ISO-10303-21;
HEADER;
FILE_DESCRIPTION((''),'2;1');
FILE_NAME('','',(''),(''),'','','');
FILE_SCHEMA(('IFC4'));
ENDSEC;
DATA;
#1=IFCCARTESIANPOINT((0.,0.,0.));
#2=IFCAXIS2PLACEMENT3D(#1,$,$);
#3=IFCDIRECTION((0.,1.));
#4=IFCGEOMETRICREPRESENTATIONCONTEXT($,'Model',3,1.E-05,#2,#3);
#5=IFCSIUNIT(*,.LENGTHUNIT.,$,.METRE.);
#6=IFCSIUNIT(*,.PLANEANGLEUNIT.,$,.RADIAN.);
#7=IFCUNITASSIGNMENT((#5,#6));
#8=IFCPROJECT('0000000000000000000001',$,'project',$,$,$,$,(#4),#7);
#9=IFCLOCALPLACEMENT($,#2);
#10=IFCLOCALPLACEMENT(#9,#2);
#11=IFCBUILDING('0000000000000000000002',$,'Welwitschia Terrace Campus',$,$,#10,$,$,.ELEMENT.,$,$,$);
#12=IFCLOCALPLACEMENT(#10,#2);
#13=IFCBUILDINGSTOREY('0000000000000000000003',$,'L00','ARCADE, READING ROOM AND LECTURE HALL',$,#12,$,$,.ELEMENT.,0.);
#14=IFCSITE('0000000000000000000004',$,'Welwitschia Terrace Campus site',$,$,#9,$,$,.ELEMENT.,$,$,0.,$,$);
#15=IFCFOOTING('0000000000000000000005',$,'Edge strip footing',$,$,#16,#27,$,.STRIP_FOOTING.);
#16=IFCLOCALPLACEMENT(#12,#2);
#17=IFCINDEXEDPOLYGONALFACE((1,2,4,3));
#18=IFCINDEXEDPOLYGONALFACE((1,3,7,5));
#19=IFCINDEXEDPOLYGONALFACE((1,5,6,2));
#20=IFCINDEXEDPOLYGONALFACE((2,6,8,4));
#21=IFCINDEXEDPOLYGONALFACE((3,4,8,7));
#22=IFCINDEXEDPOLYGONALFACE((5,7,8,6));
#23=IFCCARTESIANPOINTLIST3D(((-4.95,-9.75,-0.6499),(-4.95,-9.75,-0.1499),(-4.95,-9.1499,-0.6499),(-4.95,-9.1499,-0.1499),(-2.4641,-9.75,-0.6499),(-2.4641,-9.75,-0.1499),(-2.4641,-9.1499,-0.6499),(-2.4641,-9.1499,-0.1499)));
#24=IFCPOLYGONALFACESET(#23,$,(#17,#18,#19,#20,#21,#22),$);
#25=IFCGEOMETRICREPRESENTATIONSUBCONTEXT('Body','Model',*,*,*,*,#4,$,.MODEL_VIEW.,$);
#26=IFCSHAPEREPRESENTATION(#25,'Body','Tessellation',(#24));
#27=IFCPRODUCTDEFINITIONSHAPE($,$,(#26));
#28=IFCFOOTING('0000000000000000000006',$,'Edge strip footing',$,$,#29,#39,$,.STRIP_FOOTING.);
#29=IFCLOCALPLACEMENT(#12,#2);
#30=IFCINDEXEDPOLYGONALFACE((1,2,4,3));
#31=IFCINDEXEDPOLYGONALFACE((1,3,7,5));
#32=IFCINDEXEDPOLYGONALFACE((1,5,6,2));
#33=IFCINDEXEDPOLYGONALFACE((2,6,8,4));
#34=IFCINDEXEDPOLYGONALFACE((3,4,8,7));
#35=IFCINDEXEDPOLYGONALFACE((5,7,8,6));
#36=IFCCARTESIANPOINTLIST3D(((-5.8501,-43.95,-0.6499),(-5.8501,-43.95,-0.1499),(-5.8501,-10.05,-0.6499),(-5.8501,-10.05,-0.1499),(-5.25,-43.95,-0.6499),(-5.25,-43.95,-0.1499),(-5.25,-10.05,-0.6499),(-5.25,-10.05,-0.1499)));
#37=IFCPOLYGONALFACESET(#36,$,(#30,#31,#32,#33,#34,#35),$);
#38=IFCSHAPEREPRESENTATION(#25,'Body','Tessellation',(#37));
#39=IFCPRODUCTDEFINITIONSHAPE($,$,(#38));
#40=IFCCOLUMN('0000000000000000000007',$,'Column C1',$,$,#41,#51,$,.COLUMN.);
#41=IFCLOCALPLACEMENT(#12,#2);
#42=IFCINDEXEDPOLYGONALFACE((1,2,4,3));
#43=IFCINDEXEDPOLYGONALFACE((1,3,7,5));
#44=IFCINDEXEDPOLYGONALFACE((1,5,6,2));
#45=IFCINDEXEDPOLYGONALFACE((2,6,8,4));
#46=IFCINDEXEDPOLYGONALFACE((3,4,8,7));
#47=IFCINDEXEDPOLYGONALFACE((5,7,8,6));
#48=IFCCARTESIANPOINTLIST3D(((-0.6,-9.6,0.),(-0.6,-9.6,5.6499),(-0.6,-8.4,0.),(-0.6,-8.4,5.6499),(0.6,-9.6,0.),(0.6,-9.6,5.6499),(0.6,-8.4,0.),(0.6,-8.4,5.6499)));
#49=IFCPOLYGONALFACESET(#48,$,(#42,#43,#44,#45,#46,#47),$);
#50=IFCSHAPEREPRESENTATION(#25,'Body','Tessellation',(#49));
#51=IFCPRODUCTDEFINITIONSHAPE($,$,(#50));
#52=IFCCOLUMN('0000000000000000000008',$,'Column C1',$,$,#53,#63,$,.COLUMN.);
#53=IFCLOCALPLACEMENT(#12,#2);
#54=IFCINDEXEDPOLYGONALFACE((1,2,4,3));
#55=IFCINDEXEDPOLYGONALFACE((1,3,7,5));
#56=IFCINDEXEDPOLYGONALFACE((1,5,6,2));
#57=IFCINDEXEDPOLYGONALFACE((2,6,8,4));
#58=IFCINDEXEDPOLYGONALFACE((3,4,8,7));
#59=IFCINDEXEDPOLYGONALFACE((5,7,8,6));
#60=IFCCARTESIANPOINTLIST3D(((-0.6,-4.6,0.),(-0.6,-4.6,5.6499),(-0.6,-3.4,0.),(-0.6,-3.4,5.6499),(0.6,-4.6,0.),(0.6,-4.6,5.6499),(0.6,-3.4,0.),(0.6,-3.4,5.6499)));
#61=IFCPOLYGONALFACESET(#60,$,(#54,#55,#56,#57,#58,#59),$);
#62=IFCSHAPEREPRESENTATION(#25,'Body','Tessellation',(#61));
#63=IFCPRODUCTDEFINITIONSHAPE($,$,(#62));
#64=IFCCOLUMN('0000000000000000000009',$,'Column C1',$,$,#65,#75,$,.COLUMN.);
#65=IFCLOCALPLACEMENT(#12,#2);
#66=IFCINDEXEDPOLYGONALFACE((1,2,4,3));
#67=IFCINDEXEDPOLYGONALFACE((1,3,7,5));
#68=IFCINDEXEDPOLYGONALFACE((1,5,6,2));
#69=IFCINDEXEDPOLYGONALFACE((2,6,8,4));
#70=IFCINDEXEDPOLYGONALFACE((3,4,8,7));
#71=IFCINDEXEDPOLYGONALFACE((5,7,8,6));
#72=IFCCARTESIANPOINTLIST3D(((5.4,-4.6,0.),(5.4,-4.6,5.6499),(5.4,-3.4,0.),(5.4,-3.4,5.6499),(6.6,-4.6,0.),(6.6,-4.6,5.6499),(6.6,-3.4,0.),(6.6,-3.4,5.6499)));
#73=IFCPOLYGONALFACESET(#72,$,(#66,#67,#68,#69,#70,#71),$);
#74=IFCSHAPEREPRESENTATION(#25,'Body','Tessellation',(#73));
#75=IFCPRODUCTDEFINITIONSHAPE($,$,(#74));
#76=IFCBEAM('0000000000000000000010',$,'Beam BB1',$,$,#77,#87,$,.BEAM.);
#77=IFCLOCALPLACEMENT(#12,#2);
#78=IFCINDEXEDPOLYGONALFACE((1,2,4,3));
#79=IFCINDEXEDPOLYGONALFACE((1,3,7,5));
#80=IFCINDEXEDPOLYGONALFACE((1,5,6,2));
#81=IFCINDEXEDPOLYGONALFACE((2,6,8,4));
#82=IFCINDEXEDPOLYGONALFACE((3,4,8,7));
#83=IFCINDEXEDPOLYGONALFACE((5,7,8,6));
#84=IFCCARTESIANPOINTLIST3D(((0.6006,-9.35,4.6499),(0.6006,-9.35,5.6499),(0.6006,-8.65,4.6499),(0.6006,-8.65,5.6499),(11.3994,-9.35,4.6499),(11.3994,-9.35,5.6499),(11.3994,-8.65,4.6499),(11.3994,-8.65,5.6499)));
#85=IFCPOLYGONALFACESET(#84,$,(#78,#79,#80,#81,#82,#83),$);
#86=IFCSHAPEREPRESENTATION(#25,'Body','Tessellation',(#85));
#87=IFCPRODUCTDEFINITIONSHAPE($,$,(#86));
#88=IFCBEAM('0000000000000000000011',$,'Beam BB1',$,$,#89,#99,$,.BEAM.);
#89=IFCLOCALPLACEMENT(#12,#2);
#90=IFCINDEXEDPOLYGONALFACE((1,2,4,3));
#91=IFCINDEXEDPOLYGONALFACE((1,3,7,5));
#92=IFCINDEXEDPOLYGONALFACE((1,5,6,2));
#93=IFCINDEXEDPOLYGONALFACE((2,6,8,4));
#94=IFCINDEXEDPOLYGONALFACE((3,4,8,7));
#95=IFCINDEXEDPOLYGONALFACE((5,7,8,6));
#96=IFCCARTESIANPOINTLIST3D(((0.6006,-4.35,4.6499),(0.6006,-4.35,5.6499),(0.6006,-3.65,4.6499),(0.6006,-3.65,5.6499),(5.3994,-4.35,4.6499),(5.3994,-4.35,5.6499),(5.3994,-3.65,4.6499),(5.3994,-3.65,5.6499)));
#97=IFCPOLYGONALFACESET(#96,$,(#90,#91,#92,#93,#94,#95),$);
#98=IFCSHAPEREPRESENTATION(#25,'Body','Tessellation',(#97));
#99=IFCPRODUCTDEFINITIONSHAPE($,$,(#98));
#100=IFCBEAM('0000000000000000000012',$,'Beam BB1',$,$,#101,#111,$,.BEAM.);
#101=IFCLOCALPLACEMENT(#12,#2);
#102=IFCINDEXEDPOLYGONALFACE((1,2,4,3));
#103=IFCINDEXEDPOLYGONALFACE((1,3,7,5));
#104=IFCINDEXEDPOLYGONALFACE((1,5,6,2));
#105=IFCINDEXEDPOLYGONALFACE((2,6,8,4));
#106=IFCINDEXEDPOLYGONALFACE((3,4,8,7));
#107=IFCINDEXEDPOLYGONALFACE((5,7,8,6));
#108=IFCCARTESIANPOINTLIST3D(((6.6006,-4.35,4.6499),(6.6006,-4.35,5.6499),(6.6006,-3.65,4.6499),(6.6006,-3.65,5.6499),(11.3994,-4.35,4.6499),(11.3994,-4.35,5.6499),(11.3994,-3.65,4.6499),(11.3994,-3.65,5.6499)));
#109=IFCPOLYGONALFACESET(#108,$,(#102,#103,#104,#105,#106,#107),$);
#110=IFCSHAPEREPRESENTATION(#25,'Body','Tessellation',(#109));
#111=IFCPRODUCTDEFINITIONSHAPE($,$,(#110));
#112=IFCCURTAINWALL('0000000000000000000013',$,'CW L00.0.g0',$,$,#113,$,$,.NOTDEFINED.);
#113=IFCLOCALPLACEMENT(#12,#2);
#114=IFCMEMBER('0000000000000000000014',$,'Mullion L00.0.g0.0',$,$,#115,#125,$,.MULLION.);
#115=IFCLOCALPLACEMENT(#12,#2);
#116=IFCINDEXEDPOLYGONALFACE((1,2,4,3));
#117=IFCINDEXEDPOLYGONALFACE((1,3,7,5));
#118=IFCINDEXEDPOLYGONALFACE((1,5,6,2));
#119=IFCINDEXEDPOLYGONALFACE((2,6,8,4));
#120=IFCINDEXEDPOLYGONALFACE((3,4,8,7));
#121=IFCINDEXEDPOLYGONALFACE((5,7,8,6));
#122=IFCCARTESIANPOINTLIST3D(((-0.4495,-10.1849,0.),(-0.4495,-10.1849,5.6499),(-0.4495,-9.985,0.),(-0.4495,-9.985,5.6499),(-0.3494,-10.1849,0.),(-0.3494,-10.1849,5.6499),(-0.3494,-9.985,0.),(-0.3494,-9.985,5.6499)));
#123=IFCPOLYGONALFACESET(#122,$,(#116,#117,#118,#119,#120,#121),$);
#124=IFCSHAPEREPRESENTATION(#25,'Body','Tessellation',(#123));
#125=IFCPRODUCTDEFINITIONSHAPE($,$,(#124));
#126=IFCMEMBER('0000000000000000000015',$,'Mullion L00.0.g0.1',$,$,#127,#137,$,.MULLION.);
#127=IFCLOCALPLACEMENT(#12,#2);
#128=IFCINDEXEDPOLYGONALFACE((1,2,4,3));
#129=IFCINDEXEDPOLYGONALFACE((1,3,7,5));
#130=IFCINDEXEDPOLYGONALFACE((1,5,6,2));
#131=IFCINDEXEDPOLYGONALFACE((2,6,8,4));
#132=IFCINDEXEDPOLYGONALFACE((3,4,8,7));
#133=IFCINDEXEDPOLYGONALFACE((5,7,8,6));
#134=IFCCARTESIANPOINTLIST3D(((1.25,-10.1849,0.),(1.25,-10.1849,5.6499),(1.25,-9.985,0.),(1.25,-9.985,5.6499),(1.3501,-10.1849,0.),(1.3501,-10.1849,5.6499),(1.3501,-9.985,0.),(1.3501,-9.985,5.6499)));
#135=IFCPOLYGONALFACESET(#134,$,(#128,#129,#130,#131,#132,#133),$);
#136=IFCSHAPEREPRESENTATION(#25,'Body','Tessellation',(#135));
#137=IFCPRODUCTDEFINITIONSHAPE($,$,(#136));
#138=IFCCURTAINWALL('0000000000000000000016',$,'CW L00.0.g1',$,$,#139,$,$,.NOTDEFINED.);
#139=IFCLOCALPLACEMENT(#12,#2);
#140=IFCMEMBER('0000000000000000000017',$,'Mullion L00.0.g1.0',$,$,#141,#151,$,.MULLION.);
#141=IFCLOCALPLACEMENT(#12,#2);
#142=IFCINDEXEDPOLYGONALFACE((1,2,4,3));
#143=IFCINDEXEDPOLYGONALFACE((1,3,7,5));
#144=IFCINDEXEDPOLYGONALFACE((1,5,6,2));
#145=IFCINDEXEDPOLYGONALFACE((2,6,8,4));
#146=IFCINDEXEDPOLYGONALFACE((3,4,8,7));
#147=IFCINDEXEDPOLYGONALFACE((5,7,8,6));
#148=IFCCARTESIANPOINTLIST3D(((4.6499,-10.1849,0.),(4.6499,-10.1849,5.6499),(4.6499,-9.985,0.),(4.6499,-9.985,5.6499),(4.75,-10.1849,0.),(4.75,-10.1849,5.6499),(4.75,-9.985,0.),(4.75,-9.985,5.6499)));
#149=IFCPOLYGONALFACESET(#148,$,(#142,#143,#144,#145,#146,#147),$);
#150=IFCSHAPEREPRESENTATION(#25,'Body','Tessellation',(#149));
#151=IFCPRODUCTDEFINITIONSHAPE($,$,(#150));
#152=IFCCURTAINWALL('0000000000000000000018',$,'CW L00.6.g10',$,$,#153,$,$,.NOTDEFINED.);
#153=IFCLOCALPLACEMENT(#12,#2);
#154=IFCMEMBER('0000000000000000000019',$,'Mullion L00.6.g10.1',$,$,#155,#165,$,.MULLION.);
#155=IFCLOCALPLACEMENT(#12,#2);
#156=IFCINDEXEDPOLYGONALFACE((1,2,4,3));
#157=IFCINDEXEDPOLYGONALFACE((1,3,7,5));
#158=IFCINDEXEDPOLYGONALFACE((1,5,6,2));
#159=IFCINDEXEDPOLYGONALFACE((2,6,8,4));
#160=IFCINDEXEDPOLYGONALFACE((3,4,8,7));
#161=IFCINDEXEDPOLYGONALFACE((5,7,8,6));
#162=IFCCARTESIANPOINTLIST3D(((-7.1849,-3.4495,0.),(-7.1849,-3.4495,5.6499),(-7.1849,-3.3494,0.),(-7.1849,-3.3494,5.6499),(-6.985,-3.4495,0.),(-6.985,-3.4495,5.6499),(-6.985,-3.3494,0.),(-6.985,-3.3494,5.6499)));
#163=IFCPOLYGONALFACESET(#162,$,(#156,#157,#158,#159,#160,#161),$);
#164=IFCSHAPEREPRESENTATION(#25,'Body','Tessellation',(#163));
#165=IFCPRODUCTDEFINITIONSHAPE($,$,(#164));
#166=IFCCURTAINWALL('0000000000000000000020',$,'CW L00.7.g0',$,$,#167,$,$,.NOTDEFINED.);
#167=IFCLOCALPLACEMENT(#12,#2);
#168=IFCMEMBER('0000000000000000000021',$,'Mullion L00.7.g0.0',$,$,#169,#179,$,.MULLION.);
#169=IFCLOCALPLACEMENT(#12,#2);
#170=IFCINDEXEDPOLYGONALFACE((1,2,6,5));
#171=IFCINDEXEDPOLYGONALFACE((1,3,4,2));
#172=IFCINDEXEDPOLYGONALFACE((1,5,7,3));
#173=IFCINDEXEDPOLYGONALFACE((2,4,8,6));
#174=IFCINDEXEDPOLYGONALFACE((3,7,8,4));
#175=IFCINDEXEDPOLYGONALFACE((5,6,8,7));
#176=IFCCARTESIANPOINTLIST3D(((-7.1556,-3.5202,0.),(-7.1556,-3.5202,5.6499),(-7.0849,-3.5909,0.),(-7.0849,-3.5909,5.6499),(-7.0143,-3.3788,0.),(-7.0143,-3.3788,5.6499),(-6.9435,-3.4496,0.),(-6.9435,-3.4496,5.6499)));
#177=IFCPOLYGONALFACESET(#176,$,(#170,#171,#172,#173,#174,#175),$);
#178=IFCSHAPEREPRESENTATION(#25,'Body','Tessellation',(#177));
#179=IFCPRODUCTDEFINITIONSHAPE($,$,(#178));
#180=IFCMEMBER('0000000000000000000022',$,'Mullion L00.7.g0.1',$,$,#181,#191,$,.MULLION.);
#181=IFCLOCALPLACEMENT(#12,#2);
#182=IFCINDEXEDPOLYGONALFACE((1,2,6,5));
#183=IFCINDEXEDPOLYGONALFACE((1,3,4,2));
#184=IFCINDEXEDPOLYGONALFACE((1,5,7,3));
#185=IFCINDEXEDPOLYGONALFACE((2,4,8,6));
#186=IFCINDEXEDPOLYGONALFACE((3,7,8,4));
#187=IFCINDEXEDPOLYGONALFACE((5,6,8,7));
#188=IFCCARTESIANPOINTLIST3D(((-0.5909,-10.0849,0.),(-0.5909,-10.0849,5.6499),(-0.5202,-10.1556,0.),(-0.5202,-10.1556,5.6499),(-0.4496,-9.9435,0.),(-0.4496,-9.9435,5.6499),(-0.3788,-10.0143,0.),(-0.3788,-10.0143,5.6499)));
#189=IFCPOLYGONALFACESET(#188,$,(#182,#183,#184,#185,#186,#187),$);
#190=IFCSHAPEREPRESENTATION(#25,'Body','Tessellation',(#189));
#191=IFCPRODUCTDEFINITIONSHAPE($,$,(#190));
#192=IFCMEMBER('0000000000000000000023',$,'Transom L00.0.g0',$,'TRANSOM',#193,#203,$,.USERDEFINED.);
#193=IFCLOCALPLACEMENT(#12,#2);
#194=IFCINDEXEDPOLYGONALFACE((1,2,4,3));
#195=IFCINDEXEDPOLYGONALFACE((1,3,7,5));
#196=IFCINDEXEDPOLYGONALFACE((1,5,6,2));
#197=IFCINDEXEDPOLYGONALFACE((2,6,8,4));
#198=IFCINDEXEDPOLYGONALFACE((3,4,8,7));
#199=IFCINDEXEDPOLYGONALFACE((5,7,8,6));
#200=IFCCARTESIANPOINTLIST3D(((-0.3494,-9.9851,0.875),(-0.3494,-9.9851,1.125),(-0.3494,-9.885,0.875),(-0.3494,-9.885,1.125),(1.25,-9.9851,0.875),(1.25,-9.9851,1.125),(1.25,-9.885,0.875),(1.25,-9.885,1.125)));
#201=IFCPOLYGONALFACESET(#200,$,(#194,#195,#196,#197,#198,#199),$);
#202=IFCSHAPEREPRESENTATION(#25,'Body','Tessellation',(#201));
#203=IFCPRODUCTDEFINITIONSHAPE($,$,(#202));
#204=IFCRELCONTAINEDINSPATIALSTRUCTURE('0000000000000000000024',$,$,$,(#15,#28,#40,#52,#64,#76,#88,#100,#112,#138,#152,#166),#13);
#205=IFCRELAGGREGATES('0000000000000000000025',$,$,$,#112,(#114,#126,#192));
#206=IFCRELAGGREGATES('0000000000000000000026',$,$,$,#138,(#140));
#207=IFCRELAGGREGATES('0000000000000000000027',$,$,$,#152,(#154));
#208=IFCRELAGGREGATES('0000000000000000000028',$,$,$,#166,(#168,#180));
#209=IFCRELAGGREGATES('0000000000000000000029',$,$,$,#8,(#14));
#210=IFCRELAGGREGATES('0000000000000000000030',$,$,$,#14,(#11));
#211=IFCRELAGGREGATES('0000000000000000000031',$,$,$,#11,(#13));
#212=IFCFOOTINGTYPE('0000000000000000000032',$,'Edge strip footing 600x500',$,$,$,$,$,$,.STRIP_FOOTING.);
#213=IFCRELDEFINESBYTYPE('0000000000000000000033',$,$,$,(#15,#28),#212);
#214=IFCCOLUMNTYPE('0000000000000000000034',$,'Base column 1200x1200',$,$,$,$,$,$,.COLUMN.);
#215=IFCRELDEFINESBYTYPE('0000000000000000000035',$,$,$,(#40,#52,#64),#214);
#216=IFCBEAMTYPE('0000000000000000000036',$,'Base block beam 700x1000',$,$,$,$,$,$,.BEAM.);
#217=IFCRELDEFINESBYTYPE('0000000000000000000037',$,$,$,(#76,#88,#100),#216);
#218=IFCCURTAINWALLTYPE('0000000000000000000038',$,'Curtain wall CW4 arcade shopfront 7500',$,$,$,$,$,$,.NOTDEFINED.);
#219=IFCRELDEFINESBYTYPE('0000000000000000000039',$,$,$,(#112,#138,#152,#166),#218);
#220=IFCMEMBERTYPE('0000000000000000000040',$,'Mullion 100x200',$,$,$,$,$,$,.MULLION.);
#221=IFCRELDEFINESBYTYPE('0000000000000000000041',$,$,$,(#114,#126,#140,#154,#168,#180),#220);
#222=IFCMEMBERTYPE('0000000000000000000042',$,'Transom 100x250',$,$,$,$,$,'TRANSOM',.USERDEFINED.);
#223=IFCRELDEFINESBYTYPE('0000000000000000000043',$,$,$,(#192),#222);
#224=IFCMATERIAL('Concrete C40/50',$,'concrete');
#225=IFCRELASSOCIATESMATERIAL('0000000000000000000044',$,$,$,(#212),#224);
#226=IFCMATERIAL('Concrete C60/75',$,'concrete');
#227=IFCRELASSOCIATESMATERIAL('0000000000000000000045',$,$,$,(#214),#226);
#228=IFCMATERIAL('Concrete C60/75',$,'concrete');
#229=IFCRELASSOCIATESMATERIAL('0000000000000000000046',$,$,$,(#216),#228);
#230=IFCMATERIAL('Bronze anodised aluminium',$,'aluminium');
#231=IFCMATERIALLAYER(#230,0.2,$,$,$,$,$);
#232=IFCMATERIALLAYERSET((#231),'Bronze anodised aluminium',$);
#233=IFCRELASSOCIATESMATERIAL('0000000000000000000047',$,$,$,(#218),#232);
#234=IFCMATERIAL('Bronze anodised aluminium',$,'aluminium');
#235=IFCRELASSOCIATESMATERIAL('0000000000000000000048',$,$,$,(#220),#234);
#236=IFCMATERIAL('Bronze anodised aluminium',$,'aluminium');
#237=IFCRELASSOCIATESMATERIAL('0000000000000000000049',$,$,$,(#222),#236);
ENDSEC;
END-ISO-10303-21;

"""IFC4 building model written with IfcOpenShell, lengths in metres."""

from ifc_helpers import new_model, si_unit, direction, frame, origin, origin_2d, place, context, subcontext, project, spatial, rectangle, extrude, material, layer, layer_set, material_profile, profile_set, type_object, element, aggregate, save


model = new_model("IFC4")

# Units and contexts
model_context = context("Model", 3, precision=1e-05, world=origin(), true_north=direction((0.0, 1.0)))
body_context = subcontext(model_context, "Body", "Model", "MODEL_VIEW")
ifc_project = project(units=[si_unit("LENGTHUNIT", "METRE"), si_unit("PLANEANGLEUNIT", "RADIAN")], contexts=[model_context])

# Site, building, storey
site_placement = place(None, origin())
site = spatial("IfcSite", under=ifc_project, at=site_placement, Name="Welwitschia Terrace Campus site", CompositionType="ELEMENT", RefElevation=0.0)
building_placement = place(site_placement, origin())
building = spatial("IfcBuilding", under=site, at=building_placement, Name="Welwitschia Terrace Campus", CompositionType="ELEMENT")
storey_placement = place(building_placement, origin())
storey = spatial("IfcBuildingStorey", under=building, at=storey_placement, Name="L00", Description="ARCADE, READING ROOM AND LECTURE HALL", CompositionType="ELEMENT", Elevation=0.0)

# Footings
ifc_material_1 = material(Name="Concrete C40/50", Category="concrete")
footing_type = type_object("IfcFootingType", Name="Edge strip footing 600x500", PredefinedType="STRIP_FOOTING", material=ifc_material_1)
footing_1_placement = place(storey_placement, frame((-3.707, -9.45, -0.6499), z_axis=(0.0, 0.0, 1.0), x_axis=(-1.0, 0.0, 0.0)))
element("IfcFooting", 1, at=footing_1_placement, inside=storey, type_object=footing_type, Name="Edge strip footing", PredefinedType="STRIP_FOOTING", context=body_context, shape_type="SweptSolid", body=[
    extrude(rectangle(XDim=2.4858, YDim=0.6001, at=origin_2d()), origin(), (0.0, 0.0, 1.0), 0.5),
])
footing_2_placement = place(storey_placement, frame((-5.55, -27.0, -0.6499), z_axis=(0.0, 0.0, 1.0), x_axis=(0.0, -1.0, 0.0)))
element("IfcFooting", 2, at=footing_2_placement, inside=storey, type_object=footing_type, Name="Edge strip footing", PredefinedType="STRIP_FOOTING", context=body_context, shape_type="SweptSolid", body=[
    extrude(rectangle(XDim=33.8999, YDim=0.6001, at=origin_2d()), origin(), (0.0, 0.0, 1.0), 0.5),
])

# Columns
ifc_material_2 = material(Name="Concrete C60/75", Category="concrete")
ifc_material_profile_1 = material_profile(ifc_material_2, rectangle(XDim=1.2, YDim=1.2, at=origin_2d()))
ifc_profile_set_1 = profile_set([ifc_material_profile_1], Name="Concrete C60/75")
column_type = type_object("IfcColumnType", Name="Base column 1200x1200", PredefinedType="COLUMN", material=ifc_profile_set_1)
for number, where, z_axis, x_axis, name in (
    (3, (0.0, -9.0, 0.0), (0.0, 0.0, 1.0), (1.0, 0.0, 0.0), "Column C1"),
    (4, (0.0, -4.0, 0.0), (0.0, 0.0, 1.0), (1.0, 0.0, 0.0), "Column C1"),
    (5, (6.0, -4.0, 0.0), (0.0, 0.0, 1.0), (1.0, 0.0, 0.0), "Column C1"),
):
    element("IfcColumn", number, at=place(storey_placement, frame(where, z_axis=z_axis, x_axis=x_axis)), inside=storey, type_object=column_type, Name=name, PredefinedType="COLUMN", context=body_context, shape_type="SweptSolid", body=[
        extrude(rectangle(XDim=1.2, YDim=1.2, at=origin_2d()), origin(), (0.0, 0.0, 1.0), 5.6499),
    ])

# Beams
ifc_material_3 = material(Name="Concrete C60/75", Category="concrete")
ifc_material_profile_2 = material_profile(ifc_material_3, rectangle(XDim=0.7, YDim=1.0, at=origin_2d()))
ifc_profile_set_2 = profile_set([ifc_material_profile_2], Name="Concrete C60/75")
beam_type = type_object("IfcBeamType", Name="Base block beam 700x1000", PredefinedType="BEAM", material=ifc_profile_set_2)
beam_placement = place(storey_placement, frame((0.6006, -9.0, 5.1499), z_axis=(1.0, 0.0, 0.0), x_axis=(0.0, 1.0, 0.0)))
element("IfcBeam", 6, at=beam_placement, inside=storey, type_object=beam_type, Name="Beam BB1", PredefinedType="BEAM", context=body_context, shape_type="SweptSolid", body=[
    extrude(rectangle(XDim=0.7, YDim=1.0, at=origin_2d()), origin(), (0.0, 0.0, 1.0), 10.7988),
])
for number, where, z_axis, x_axis, name in (
    (7, (0.6006, -4.0, 5.1499), (1.0, 0.0, 0.0), (0.0, 1.0, 0.0), "Beam BB1"),
    (8, (6.6006, -4.0, 5.1499), (1.0, 0.0, 0.0), (0.0, 1.0, 0.0), "Beam BB1"),
):
    element("IfcBeam", number, at=place(storey_placement, frame(where, z_axis=z_axis, x_axis=x_axis)), inside=storey, type_object=beam_type, Name=name, PredefinedType="BEAM", context=body_context, shape_type="SweptSolid", body=[
        extrude(rectangle(XDim=0.7, YDim=1.0, at=origin_2d()), origin(), (0.0, 0.0, 1.0), 4.7988),
    ])

# Curtain wall, members
ifc_material_4 = material(Name="Bronze anodised aluminium", Category="aluminium")
ifc_layer_1 = layer(ifc_material_4, 0.2)
ifc_layer_set_1 = layer_set([ifc_layer_1], Name="Bronze anodised aluminium")
curtain_wall_type = type_object("IfcCurtainWallType", Name="Curtain wall CW4 arcade shopfront 7500", PredefinedType="NOTDEFINED", material=ifc_layer_set_1)
curtain_wall_1_placement = place(storey_placement, origin())
curtain_wall_1 = element("IfcCurtainWall", 9, at=curtain_wall_1_placement, inside=storey, type_object=curtain_wall_type, Name="CW L00.0.g0", PredefinedType="NOTDEFINED")
ifc_material_5 = material(Name="Bronze anodised aluminium", Category="aluminium")
ifc_material_profile_3 = material_profile(ifc_material_5, rectangle(XDim=0.2, YDim=0.1001, at=origin_2d()))
ifc_profile_set_3 = profile_set([ifc_material_profile_3], Name="Bronze anodised aluminium")
member_type_1 = type_object("IfcMemberType", Name="Mullion 100x200", PredefinedType="MULLION", material=ifc_profile_set_3)
member_1_placement = place(storey_placement, frame((-0.3994, -10.085, 0.0), z_axis=(0.0, 0.0, 1.0), x_axis=(0.0, 1.0, 0.0)))
member_1 = element("IfcMember", 10, at=member_1_placement, type_object=member_type_1, Name="Mullion L00.0.g0.0", PredefinedType="MULLION", context=body_context, shape_type="SweptSolid", body=[
    extrude(rectangle(XDim=0.2, YDim=0.1001, at=origin_2d()), origin(), (0.0, 0.0, 1.0), 5.6499),
])
member_2_placement = place(storey_placement, frame((1.3, -10.085, 0.0), z_axis=(0.0, 0.0, 1.0), x_axis=(0.0, 1.0, 0.0)))
member_2 = element("IfcMember", 11, at=member_2_placement, type_object=member_type_1, Name="Mullion L00.0.g0.1", PredefinedType="MULLION", context=body_context, shape_type="SweptSolid", body=[
    extrude(rectangle(XDim=0.2, YDim=0.1001, at=origin_2d()), origin(), (0.0, 0.0, 1.0), 5.6499),
])

# Curtain walls, members
curtain_wall_2_placement = place(storey_placement, origin())
curtain_wall_2 = element("IfcCurtainWall", 12, at=curtain_wall_2_placement, inside=storey, type_object=curtain_wall_type, Name="CW L00.0.g1", PredefinedType="NOTDEFINED")
member_3_placement = place(storey_placement, frame((4.7, -10.085, 0.0), z_axis=(0.0, 0.0, 1.0), x_axis=(0.0, 1.0, 0.0)))
member_3 = element("IfcMember", 13, at=member_3_placement, type_object=member_type_1, Name="Mullion L00.0.g1.0", PredefinedType="MULLION", context=body_context, shape_type="SweptSolid", body=[
    extrude(rectangle(XDim=0.2, YDim=0.1001, at=origin_2d()), origin(), (0.0, 0.0, 1.0), 5.6499),
])
curtain_wall_3_placement = place(storey_placement, origin())
curtain_wall_3 = element("IfcCurtainWall", 14, at=curtain_wall_3_placement, inside=storey, type_object=curtain_wall_type, Name="CW L00.6.g10", PredefinedType="NOTDEFINED")
member_4_placement = place(storey_placement, frame((-7.085, -3.3994, 0.0), z_axis=(0.0, 0.0, 1.0), x_axis=(1.0, 0.0, 0.0)))
member_4 = element("IfcMember", 15, at=member_4_placement, type_object=member_type_1, Name="Mullion L00.6.g10.1", PredefinedType="MULLION", context=body_context, shape_type="SweptSolid", body=[
    extrude(rectangle(XDim=0.2, YDim=0.1001, at=origin_2d()), origin(), (0.0, 0.0, 1.0), 5.6499),
])

# Curtain wall, members
curtain_wall_4_placement = place(storey_placement, origin())
curtain_wall_4 = element("IfcCurtainWall", 16, at=curtain_wall_4_placement, inside=storey, type_object=curtain_wall_type, Name="CW L00.7.g0", PredefinedType="NOTDEFINED")
member_5_placement = place(storey_placement, frame((-7.0496, -3.4849, 0.0), z_axis=(0.0, 0.0, 1.0), x_axis=(0.707107, 0.707107, 0.0)))
member_5 = element("IfcMember", 17, at=member_5_placement, type_object=member_type_1, Name="Mullion L00.7.g0.0", PredefinedType="MULLION", context=body_context, shape_type="SweptSolid", body=[
    extrude(rectangle(XDim=0.2, YDim=0.1001, at=origin_2d()), origin(), (0.0, 0.0, 1.0), 5.6499),
])
member_6_placement = place(storey_placement, frame((-0.4849, -10.0496, 0.0), z_axis=(0.0, 0.0, 1.0), x_axis=(0.707107, 0.707107, 0.0)))
member_6 = element("IfcMember", 18, at=member_6_placement, type_object=member_type_1, Name="Mullion L00.7.g0.1", PredefinedType="MULLION", context=body_context, shape_type="SweptSolid", body=[
    extrude(rectangle(XDim=0.2, YDim=0.1001, at=origin_2d()), origin(), (0.0, 0.0, 1.0), 5.6499),
])

# Member
ifc_material_6 = material(Name="Bronze anodised aluminium", Category="aluminium")
ifc_material_profile_4 = material_profile(ifc_material_6, rectangle(XDim=0.1001, YDim=0.25, at=origin_2d()))
ifc_profile_set_4 = profile_set([ifc_material_profile_4], Name="Bronze anodised aluminium")
member_type_2 = type_object("IfcMemberType", Name="Transom 100x250", ElementType="TRANSOM", PredefinedType="USERDEFINED", material=ifc_profile_set_4)
member_7_placement = place(storey_placement, frame((-0.3494, -9.9351, 1.0), z_axis=(1.0, 0.0, 0.0), x_axis=(0.0, 1.0, 0.0)))
member_7 = element("IfcMember", 19, at=member_7_placement, type_object=member_type_2, Name="Transom L00.0.g0", ObjectType="TRANSOM", PredefinedType="USERDEFINED", context=body_context, shape_type="SweptSolid", body=[
    extrude(rectangle(XDim=0.1001, YDim=0.25, at=origin_2d()), origin(), (0.0, 0.0, 1.0), 1.5994),
])

aggregate(curtain_wall_1, [member_1, member_2, member_7])
aggregate(curtain_wall_2, [member_3])
aggregate(curtain_wall_3, [member_4])
aggregate(curtain_wall_4, [member_5, member_6])

save(model, "model.ifc")
